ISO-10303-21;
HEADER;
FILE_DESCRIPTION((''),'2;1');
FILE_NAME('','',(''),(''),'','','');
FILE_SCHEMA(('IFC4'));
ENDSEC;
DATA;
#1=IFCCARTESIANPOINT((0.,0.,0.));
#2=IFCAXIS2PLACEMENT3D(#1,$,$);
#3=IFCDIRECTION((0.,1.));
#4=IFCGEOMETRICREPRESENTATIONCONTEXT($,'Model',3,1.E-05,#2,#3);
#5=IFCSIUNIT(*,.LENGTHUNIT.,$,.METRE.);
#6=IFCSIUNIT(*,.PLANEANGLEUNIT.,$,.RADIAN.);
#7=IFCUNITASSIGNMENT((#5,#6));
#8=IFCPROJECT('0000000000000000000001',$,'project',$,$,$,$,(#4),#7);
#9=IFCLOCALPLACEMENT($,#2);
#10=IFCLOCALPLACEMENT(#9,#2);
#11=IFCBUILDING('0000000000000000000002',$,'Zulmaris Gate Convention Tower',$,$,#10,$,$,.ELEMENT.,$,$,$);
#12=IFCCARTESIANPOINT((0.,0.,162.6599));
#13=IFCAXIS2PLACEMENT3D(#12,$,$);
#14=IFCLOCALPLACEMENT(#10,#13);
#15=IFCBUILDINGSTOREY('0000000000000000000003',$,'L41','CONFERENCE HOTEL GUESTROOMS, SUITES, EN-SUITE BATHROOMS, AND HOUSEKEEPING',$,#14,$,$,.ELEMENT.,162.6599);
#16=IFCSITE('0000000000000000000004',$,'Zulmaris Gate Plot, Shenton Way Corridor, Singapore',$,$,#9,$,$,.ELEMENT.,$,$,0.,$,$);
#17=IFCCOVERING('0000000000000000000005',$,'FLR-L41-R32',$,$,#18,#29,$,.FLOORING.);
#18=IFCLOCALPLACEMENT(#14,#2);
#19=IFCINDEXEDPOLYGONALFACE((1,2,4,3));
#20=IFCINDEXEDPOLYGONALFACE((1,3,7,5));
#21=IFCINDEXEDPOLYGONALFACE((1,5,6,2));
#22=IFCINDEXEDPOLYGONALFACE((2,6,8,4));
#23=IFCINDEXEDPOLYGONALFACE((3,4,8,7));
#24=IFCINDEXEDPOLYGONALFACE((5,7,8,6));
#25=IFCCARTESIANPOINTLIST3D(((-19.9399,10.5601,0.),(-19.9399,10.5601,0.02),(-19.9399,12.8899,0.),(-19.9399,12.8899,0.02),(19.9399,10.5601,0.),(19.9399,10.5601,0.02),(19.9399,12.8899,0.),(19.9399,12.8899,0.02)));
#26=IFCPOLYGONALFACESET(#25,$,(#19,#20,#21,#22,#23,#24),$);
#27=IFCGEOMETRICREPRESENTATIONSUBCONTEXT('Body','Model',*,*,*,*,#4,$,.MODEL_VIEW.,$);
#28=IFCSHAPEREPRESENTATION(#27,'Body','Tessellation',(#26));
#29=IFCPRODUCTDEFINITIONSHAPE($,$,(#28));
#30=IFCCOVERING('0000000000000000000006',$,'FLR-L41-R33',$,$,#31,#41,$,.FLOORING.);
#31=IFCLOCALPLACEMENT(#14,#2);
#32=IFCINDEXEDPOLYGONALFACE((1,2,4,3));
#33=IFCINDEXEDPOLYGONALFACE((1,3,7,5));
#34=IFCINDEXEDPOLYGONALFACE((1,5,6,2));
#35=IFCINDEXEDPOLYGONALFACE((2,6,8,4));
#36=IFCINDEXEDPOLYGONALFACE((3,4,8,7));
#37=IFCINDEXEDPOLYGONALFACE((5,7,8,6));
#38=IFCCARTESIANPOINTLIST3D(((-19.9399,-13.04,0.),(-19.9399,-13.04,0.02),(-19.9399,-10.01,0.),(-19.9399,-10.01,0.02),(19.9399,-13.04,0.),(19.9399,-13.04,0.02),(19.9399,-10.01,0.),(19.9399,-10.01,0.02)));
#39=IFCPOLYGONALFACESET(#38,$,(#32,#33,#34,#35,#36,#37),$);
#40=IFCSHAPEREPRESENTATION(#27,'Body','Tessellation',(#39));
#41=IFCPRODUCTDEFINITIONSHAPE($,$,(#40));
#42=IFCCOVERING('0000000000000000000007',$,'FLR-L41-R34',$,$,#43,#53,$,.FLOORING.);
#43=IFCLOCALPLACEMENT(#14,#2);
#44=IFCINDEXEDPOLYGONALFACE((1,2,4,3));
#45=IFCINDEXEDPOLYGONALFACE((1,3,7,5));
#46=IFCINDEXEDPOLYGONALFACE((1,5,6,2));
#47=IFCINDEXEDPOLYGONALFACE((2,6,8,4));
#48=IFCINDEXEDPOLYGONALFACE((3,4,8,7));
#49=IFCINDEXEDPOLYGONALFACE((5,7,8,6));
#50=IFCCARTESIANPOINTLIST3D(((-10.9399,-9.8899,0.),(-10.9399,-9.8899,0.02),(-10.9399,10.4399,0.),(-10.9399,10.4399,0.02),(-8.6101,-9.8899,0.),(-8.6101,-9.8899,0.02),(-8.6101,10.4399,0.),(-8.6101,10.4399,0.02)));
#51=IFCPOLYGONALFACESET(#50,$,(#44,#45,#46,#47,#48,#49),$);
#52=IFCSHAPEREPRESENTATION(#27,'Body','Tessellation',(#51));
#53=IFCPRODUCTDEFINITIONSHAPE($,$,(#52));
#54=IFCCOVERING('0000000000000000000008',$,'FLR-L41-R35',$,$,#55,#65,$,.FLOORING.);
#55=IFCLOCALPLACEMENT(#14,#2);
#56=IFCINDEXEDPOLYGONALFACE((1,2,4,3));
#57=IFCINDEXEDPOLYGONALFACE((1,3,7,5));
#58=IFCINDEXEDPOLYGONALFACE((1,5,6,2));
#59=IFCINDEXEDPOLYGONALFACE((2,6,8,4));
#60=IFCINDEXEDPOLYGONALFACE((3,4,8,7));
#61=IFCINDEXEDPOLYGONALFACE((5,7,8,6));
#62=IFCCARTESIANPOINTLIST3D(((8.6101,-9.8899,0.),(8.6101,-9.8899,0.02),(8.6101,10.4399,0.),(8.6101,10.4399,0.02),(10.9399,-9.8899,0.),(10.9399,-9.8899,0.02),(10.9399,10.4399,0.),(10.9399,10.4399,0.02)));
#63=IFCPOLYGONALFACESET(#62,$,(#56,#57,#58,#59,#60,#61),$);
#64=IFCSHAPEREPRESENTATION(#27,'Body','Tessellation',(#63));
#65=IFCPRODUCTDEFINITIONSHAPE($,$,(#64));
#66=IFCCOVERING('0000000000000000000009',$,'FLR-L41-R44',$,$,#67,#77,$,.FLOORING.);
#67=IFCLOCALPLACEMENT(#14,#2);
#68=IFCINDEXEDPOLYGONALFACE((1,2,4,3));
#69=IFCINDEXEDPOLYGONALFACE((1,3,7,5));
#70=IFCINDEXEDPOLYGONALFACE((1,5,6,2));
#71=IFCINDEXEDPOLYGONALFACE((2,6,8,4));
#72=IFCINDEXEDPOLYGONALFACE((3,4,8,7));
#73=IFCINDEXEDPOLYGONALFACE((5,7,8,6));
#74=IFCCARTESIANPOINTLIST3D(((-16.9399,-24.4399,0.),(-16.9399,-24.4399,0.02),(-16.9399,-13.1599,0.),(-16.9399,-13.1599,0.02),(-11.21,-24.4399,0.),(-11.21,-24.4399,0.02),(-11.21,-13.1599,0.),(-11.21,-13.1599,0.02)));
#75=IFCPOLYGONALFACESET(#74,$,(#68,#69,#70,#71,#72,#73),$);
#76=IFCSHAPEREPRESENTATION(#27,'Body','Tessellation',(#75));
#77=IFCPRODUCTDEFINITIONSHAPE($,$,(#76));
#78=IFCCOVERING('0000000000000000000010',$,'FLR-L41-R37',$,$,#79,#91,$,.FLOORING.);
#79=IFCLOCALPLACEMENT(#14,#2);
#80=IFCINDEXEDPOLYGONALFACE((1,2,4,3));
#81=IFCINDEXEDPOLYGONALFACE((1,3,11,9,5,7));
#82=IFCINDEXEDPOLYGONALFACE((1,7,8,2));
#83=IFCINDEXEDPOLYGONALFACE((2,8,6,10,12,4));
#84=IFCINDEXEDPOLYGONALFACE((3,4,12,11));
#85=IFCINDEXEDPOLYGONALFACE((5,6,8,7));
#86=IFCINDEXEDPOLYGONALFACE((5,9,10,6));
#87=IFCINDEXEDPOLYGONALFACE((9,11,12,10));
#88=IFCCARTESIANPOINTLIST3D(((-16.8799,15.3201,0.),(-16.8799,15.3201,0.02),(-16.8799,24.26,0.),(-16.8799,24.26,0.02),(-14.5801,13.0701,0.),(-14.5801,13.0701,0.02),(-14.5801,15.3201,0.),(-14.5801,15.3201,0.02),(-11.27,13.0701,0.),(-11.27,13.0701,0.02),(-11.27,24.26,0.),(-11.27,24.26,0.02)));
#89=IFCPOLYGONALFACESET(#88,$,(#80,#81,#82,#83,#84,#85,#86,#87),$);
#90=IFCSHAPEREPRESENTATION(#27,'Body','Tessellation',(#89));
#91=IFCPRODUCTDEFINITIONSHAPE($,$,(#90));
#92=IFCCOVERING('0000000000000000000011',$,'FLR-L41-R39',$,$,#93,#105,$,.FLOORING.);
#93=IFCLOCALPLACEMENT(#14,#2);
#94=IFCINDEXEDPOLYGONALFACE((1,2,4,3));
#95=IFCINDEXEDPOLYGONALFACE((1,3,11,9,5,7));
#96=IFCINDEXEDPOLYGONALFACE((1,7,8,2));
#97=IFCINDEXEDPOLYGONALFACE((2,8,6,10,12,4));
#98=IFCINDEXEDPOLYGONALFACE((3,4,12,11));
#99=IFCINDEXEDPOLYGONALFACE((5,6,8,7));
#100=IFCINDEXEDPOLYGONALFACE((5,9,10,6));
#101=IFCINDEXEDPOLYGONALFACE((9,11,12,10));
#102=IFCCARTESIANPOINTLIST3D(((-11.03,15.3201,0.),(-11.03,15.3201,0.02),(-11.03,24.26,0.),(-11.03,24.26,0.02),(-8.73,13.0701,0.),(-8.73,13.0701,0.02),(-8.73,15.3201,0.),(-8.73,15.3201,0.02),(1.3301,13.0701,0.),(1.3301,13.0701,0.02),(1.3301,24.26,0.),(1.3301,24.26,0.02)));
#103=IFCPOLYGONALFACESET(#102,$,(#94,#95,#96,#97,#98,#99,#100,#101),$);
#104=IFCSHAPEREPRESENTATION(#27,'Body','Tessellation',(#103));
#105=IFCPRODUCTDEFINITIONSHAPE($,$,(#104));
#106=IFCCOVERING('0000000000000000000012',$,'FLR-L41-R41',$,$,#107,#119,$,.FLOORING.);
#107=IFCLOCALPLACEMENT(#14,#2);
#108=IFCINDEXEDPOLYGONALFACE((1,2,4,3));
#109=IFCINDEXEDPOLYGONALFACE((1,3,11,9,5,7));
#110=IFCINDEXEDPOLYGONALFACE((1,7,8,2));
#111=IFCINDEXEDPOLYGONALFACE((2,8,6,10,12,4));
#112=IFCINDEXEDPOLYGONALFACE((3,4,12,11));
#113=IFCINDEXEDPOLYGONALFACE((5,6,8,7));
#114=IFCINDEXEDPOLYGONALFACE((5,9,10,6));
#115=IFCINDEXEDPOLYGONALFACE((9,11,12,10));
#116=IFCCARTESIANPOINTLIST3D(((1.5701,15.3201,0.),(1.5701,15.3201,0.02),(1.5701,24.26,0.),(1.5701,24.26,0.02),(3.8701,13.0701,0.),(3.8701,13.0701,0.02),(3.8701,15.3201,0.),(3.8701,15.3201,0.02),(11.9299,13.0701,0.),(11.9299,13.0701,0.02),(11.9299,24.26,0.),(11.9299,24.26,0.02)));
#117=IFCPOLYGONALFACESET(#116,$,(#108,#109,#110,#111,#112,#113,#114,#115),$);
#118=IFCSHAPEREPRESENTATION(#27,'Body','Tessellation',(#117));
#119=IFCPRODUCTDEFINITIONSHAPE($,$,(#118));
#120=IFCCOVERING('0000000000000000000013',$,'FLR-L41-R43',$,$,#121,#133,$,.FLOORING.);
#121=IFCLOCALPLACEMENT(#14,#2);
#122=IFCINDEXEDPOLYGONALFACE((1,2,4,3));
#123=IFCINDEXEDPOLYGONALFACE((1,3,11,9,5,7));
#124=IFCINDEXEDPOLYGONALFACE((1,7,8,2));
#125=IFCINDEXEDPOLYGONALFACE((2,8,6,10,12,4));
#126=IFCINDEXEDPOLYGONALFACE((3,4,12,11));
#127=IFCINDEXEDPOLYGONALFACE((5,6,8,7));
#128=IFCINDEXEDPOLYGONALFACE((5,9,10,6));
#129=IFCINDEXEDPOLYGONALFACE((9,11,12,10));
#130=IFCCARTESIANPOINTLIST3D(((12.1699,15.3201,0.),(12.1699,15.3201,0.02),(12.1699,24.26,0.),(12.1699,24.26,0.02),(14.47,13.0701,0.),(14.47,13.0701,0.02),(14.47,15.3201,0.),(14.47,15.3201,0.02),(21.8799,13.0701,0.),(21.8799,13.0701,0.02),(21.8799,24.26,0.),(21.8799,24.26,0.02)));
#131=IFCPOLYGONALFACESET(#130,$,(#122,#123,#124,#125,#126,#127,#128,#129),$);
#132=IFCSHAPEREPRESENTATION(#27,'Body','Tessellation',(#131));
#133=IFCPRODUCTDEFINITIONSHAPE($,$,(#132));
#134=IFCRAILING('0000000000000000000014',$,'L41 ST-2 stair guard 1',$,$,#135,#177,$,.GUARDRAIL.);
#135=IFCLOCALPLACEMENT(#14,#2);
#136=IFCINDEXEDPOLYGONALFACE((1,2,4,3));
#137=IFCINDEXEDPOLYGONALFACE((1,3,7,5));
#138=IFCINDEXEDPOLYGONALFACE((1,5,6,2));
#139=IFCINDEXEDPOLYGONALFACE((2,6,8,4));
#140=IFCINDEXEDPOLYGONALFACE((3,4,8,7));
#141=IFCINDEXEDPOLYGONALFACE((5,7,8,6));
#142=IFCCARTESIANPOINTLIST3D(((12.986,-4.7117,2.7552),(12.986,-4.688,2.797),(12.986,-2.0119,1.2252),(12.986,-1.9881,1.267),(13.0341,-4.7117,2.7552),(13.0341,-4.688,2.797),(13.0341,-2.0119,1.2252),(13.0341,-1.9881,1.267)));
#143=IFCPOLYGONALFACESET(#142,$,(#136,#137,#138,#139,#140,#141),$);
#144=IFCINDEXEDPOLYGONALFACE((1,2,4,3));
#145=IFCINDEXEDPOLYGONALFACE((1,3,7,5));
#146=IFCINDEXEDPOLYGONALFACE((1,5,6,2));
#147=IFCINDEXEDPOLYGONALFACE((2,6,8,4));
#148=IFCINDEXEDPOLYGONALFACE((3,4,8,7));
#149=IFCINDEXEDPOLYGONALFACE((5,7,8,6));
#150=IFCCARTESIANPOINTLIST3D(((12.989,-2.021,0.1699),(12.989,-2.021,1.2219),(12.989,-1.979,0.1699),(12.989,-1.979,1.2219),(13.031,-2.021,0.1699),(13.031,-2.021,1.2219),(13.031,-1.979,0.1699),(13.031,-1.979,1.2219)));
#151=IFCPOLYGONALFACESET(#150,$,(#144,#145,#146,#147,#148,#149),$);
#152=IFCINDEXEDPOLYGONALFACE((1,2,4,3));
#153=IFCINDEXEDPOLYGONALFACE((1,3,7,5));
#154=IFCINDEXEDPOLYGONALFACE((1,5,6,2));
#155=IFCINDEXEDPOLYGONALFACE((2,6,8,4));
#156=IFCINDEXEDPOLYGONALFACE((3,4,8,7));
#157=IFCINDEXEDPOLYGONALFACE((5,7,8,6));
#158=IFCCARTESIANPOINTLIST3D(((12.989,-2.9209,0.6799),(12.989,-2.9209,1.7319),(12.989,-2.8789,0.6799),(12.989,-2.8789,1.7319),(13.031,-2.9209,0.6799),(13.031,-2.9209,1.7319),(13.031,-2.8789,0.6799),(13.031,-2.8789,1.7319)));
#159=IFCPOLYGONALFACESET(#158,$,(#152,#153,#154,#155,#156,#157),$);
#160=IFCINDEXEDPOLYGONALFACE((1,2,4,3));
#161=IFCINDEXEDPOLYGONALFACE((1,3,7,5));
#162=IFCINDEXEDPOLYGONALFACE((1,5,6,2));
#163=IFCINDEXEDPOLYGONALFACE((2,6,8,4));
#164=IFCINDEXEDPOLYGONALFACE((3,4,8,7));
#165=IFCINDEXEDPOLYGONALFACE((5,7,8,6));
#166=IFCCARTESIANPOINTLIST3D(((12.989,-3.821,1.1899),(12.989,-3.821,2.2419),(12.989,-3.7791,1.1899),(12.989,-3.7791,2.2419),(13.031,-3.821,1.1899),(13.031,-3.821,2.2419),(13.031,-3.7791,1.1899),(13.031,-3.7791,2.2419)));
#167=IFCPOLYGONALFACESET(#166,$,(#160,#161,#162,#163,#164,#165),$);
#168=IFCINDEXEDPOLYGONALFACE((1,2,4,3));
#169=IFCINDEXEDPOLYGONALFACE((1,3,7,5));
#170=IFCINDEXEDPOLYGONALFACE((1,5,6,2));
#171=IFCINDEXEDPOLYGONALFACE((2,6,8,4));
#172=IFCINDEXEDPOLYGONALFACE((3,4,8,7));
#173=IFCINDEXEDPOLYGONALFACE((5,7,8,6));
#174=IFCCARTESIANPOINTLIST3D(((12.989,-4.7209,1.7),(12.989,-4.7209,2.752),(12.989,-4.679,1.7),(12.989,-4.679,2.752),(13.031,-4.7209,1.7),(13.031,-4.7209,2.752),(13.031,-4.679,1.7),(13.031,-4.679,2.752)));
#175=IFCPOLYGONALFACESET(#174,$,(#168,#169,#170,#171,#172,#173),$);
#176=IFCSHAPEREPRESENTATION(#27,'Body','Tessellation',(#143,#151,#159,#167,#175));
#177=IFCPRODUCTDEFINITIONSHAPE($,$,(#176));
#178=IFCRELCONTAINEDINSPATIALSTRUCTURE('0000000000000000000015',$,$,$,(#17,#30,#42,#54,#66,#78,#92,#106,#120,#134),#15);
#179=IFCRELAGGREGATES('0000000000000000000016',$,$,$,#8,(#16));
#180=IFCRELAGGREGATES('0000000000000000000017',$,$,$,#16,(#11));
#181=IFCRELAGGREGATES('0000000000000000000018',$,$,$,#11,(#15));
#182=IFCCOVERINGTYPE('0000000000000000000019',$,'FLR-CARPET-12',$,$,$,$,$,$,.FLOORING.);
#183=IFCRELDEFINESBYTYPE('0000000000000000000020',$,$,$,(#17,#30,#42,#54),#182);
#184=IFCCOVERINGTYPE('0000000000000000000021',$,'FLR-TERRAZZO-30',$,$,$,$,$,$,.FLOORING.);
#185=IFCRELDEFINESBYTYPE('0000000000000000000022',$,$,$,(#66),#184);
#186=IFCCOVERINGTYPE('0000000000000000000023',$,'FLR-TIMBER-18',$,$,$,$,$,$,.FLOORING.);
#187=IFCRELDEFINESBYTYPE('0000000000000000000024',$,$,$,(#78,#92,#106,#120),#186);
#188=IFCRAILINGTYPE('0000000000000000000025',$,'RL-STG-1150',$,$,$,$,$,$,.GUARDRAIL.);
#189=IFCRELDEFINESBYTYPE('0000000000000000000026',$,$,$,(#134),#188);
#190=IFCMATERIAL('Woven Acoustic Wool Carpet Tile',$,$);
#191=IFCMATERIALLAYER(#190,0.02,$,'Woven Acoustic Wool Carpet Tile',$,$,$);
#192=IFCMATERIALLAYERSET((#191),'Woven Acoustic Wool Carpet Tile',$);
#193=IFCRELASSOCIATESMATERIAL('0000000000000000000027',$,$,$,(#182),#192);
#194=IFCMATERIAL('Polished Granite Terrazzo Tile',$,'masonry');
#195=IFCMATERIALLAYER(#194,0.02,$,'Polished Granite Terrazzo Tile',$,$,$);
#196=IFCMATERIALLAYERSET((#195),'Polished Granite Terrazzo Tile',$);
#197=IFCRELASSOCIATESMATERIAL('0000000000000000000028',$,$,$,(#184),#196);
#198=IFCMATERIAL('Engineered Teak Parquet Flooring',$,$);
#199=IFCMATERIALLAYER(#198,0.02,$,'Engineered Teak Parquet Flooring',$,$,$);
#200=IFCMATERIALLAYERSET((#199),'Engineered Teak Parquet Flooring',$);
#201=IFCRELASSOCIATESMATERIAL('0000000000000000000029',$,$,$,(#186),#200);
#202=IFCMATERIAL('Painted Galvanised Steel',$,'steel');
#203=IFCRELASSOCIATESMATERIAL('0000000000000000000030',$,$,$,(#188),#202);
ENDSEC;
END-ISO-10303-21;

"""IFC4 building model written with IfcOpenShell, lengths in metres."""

from ifc_helpers import new_model, si_unit, direction, frame, origin, origin_2d, place, context, subcontext, project, spatial, polyline, rectangle, outline, extrude, material, layer, layer_set, type_object, element, save


model = new_model("IFC4")

# Units and contexts
model_context = context("Model", 3, precision=1e-05, world=origin(), true_north=direction((0.0, 1.0)))
body_context = subcontext(model_context, "Body", "Model", "MODEL_VIEW")
ifc_project = project(units=[si_unit("LENGTHUNIT", "METRE"), si_unit("PLANEANGLEUNIT", "RADIAN")], contexts=[model_context])

# Site, building, storey
site_placement = place(None, origin())
site = spatial("IfcSite", under=ifc_project, at=site_placement, Name="Zulmaris Gate Plot, Shenton Way Corridor, Singapore", CompositionType="ELEMENT", RefElevation=0.0)
building_placement = place(site_placement, origin())
building = spatial("IfcBuilding", under=site, at=building_placement, Name="Zulmaris Gate Convention Tower", CompositionType="ELEMENT")
storey_placement = place(building_placement, frame((0.0, 0.0, 162.6599)))
storey = spatial("IfcBuildingStorey", under=building, at=storey_placement, Name="L41", Description="CONFERENCE HOTEL GUESTROOMS, SUITES, EN-SUITE BATHROOMS, AND HOUSEKEEPING", CompositionType="ELEMENT", Elevation=162.6599)

# Coverings
ifc_material_1 = material(Name="Woven Acoustic Wool Carpet Tile")
ifc_layer_1 = layer(ifc_material_1, 0.02, Name="Woven Acoustic Wool Carpet Tile")
ifc_layer_set_1 = layer_set([ifc_layer_1], Name="Woven Acoustic Wool Carpet Tile")
covering_type_1 = type_object("IfcCoveringType", Name="FLR-CARPET-12", PredefinedType="FLOORING", material=ifc_layer_set_1)
covering_1_placement = place(storey_placement, origin())
element("IfcCovering", 1, at=covering_1_placement, inside=storey, type_object=covering_type_1, Name="FLR-L41-R32", PredefinedType="FLOORING", context=body_context, shape_type="SweptSolid", body=[
    extrude(outline(polyline([(-19.9399, 10.5601), (19.9399, 10.5601), (19.9399, 12.8899), (-19.9399, 12.8899), (-19.9399, 10.5601)])), origin(), (0.0, 0.0, 1.0), 0.02),
])
covering_2_placement = place(storey_placement, origin())
element("IfcCovering", 2, at=covering_2_placement, inside=storey, type_object=covering_type_1, Name="FLR-L41-R33", PredefinedType="FLOORING", context=body_context, shape_type="SweptSolid", body=[
    extrude(outline(polyline([(-19.9399, -13.04), (19.9399, -13.04), (19.9399, -10.01), (-19.9399, -10.01), (-19.9399, -13.04)])), origin(), (0.0, 0.0, 1.0), 0.02),
])
covering_3_placement = place(storey_placement, origin())
element("IfcCovering", 3, at=covering_3_placement, inside=storey, type_object=covering_type_1, Name="FLR-L41-R34", PredefinedType="FLOORING", context=body_context, shape_type="SweptSolid", body=[
    extrude(outline(polyline([(-10.9399, -9.8899), (-8.6101, -9.8899), (-8.6101, 10.4399), (-10.9399, 10.4399), (-10.9399, -9.8899)])), origin(), (0.0, 0.0, 1.0), 0.02),
])
covering_4_placement = place(storey_placement, origin())
element("IfcCovering", 4, at=covering_4_placement, inside=storey, type_object=covering_type_1, Name="FLR-L41-R35", PredefinedType="FLOORING", context=body_context, shape_type="SweptSolid", body=[
    extrude(outline(polyline([(8.6101, -9.8899), (10.9399, -9.8899), (10.9399, 10.4399), (8.6101, 10.4399), (8.6101, -9.8899)])), origin(), (0.0, 0.0, 1.0), 0.02),
])
ifc_material_2 = material(Name="Polished Granite Terrazzo Tile", Category="masonry")
ifc_layer_2 = layer(ifc_material_2, 0.02, Name="Polished Granite Terrazzo Tile")
ifc_layer_set_2 = layer_set([ifc_layer_2], Name="Polished Granite Terrazzo Tile")
covering_type_2 = type_object("IfcCoveringType", Name="FLR-TERRAZZO-30", PredefinedType="FLOORING", material=ifc_layer_set_2)
covering_5_placement = place(storey_placement, origin())
element("IfcCovering", 5, at=covering_5_placement, inside=storey, type_object=covering_type_2, Name="FLR-L41-R44", PredefinedType="FLOORING", context=body_context, shape_type="SweptSolid", body=[
    extrude(outline(polyline([(-16.9399, -24.4399), (-11.21, -24.4399), (-11.21, -13.1599), (-16.9399, -13.1599), (-16.9399, -24.4399)])), origin(), (0.0, 0.0, 1.0), 0.02),
])
ifc_material_3 = material(Name="Engineered Teak Parquet Flooring")
ifc_layer_3 = layer(ifc_material_3, 0.02, Name="Engineered Teak Parquet Flooring")
ifc_layer_set_3 = layer_set([ifc_layer_3], Name="Engineered Teak Parquet Flooring")
covering_type_3 = type_object("IfcCoveringType", Name="FLR-TIMBER-18", PredefinedType="FLOORING", material=ifc_layer_set_3)
covering_6_placement = place(storey_placement, origin())
element("IfcCovering", 6, at=covering_6_placement, inside=storey, type_object=covering_type_3, Name="FLR-L41-R37", PredefinedType="FLOORING", context=body_context, shape_type="SweptSolid", body=[
    extrude(outline(polyline([(-14.5801, 13.0701), (-11.27, 13.0701), (-11.27, 24.26), (-16.8799, 24.26), (-16.8799, 15.3201), (-14.5801, 15.3201), (-14.5801, 13.0701)])), origin(), (0.0, 0.0, 1.0), 0.02),
])
covering_7_placement = place(storey_placement, origin())
element("IfcCovering", 7, at=covering_7_placement, inside=storey, type_object=covering_type_3, Name="FLR-L41-R39", PredefinedType="FLOORING", context=body_context, shape_type="SweptSolid", body=[
    extrude(outline(polyline([(-8.73, 13.0701), (1.3301, 13.0701), (1.3301, 24.26), (-11.03, 24.26), (-11.03, 15.3201), (-8.73, 15.3201), (-8.73, 13.0701)])), origin(), (0.0, 0.0, 1.0), 0.02),
])
covering_8_placement = place(storey_placement, origin())
element("IfcCovering", 8, at=covering_8_placement, inside=storey, type_object=covering_type_3, Name="FLR-L41-R41", PredefinedType="FLOORING", context=body_context, shape_type="SweptSolid", body=[
    extrude(outline(polyline([(3.8701, 13.0701), (11.9299, 13.0701), (11.9299, 24.26), (1.5701, 24.26), (1.5701, 15.3201), (3.8701, 15.3201), (3.8701, 13.0701)])), origin(), (0.0, 0.0, 1.0), 0.02),
])
covering_9_placement = place(storey_placement, origin())
element("IfcCovering", 9, at=covering_9_placement, inside=storey, type_object=covering_type_3, Name="FLR-L41-R43", PredefinedType="FLOORING", context=body_context, shape_type="SweptSolid", body=[
    extrude(outline(polyline([(14.47, 13.0701), (21.8799, 13.0701), (21.8799, 24.26), (12.1699, 24.26), (12.1699, 15.3201), (14.47, 15.3201), (14.47, 13.0701)])), origin(), (0.0, 0.0, 1.0), 0.02),
])

# Railing
ifc_material_4 = material(Name="Painted Galvanised Steel", Category="steel")
railing_type_1 = type_object("IfcRailingType", Name="RL-STG-1150", PredefinedType="GUARDRAIL", material=ifc_material_4)
railing_1_placement = place(storey_placement, frame((13.01, -2.0, 0.1699)))
element("IfcRailing", 10, at=railing_1_placement, inside=storey, type_object=railing_type_1, Name="L41 ST-2 stair guard 1", PredefinedType="GUARDRAIL", context=body_context, shape_type="SweptSolid", body=[
    extrude(rectangle(XDim=0.0481, YDim=0.0481, at=origin_2d()), frame((0.0, 0.0, 1.0762), z_axis=(0.0, -0.870014, 0.493026), x_axis=(1.0, 0.0, 0.0)), (0.0, 0.0, 1.0), 3.1033),
    extrude(rectangle(XDim=0.042, YDim=0.042, at=origin_2d()), origin(), (0.0, 0.0, 1.0), 1.052),
    extrude(rectangle(XDim=0.042, YDim=0.042, at=origin_2d()), frame((0.0, -0.8999, 0.51)), (0.0, 0.0, 1.0), 1.052),
    extrude(rectangle(XDim=0.042, YDim=0.042, at=origin_2d()), frame((0.0, -1.8, 1.02)), (0.0, 0.0, 1.0), 1.052),
    extrude(rectangle(XDim=0.042, YDim=0.042, at=origin_2d()), frame((0.0, -2.7, 1.53)), (0.0, 0.0, 1.0), 1.052),
])

save(model, "model.ifc")
